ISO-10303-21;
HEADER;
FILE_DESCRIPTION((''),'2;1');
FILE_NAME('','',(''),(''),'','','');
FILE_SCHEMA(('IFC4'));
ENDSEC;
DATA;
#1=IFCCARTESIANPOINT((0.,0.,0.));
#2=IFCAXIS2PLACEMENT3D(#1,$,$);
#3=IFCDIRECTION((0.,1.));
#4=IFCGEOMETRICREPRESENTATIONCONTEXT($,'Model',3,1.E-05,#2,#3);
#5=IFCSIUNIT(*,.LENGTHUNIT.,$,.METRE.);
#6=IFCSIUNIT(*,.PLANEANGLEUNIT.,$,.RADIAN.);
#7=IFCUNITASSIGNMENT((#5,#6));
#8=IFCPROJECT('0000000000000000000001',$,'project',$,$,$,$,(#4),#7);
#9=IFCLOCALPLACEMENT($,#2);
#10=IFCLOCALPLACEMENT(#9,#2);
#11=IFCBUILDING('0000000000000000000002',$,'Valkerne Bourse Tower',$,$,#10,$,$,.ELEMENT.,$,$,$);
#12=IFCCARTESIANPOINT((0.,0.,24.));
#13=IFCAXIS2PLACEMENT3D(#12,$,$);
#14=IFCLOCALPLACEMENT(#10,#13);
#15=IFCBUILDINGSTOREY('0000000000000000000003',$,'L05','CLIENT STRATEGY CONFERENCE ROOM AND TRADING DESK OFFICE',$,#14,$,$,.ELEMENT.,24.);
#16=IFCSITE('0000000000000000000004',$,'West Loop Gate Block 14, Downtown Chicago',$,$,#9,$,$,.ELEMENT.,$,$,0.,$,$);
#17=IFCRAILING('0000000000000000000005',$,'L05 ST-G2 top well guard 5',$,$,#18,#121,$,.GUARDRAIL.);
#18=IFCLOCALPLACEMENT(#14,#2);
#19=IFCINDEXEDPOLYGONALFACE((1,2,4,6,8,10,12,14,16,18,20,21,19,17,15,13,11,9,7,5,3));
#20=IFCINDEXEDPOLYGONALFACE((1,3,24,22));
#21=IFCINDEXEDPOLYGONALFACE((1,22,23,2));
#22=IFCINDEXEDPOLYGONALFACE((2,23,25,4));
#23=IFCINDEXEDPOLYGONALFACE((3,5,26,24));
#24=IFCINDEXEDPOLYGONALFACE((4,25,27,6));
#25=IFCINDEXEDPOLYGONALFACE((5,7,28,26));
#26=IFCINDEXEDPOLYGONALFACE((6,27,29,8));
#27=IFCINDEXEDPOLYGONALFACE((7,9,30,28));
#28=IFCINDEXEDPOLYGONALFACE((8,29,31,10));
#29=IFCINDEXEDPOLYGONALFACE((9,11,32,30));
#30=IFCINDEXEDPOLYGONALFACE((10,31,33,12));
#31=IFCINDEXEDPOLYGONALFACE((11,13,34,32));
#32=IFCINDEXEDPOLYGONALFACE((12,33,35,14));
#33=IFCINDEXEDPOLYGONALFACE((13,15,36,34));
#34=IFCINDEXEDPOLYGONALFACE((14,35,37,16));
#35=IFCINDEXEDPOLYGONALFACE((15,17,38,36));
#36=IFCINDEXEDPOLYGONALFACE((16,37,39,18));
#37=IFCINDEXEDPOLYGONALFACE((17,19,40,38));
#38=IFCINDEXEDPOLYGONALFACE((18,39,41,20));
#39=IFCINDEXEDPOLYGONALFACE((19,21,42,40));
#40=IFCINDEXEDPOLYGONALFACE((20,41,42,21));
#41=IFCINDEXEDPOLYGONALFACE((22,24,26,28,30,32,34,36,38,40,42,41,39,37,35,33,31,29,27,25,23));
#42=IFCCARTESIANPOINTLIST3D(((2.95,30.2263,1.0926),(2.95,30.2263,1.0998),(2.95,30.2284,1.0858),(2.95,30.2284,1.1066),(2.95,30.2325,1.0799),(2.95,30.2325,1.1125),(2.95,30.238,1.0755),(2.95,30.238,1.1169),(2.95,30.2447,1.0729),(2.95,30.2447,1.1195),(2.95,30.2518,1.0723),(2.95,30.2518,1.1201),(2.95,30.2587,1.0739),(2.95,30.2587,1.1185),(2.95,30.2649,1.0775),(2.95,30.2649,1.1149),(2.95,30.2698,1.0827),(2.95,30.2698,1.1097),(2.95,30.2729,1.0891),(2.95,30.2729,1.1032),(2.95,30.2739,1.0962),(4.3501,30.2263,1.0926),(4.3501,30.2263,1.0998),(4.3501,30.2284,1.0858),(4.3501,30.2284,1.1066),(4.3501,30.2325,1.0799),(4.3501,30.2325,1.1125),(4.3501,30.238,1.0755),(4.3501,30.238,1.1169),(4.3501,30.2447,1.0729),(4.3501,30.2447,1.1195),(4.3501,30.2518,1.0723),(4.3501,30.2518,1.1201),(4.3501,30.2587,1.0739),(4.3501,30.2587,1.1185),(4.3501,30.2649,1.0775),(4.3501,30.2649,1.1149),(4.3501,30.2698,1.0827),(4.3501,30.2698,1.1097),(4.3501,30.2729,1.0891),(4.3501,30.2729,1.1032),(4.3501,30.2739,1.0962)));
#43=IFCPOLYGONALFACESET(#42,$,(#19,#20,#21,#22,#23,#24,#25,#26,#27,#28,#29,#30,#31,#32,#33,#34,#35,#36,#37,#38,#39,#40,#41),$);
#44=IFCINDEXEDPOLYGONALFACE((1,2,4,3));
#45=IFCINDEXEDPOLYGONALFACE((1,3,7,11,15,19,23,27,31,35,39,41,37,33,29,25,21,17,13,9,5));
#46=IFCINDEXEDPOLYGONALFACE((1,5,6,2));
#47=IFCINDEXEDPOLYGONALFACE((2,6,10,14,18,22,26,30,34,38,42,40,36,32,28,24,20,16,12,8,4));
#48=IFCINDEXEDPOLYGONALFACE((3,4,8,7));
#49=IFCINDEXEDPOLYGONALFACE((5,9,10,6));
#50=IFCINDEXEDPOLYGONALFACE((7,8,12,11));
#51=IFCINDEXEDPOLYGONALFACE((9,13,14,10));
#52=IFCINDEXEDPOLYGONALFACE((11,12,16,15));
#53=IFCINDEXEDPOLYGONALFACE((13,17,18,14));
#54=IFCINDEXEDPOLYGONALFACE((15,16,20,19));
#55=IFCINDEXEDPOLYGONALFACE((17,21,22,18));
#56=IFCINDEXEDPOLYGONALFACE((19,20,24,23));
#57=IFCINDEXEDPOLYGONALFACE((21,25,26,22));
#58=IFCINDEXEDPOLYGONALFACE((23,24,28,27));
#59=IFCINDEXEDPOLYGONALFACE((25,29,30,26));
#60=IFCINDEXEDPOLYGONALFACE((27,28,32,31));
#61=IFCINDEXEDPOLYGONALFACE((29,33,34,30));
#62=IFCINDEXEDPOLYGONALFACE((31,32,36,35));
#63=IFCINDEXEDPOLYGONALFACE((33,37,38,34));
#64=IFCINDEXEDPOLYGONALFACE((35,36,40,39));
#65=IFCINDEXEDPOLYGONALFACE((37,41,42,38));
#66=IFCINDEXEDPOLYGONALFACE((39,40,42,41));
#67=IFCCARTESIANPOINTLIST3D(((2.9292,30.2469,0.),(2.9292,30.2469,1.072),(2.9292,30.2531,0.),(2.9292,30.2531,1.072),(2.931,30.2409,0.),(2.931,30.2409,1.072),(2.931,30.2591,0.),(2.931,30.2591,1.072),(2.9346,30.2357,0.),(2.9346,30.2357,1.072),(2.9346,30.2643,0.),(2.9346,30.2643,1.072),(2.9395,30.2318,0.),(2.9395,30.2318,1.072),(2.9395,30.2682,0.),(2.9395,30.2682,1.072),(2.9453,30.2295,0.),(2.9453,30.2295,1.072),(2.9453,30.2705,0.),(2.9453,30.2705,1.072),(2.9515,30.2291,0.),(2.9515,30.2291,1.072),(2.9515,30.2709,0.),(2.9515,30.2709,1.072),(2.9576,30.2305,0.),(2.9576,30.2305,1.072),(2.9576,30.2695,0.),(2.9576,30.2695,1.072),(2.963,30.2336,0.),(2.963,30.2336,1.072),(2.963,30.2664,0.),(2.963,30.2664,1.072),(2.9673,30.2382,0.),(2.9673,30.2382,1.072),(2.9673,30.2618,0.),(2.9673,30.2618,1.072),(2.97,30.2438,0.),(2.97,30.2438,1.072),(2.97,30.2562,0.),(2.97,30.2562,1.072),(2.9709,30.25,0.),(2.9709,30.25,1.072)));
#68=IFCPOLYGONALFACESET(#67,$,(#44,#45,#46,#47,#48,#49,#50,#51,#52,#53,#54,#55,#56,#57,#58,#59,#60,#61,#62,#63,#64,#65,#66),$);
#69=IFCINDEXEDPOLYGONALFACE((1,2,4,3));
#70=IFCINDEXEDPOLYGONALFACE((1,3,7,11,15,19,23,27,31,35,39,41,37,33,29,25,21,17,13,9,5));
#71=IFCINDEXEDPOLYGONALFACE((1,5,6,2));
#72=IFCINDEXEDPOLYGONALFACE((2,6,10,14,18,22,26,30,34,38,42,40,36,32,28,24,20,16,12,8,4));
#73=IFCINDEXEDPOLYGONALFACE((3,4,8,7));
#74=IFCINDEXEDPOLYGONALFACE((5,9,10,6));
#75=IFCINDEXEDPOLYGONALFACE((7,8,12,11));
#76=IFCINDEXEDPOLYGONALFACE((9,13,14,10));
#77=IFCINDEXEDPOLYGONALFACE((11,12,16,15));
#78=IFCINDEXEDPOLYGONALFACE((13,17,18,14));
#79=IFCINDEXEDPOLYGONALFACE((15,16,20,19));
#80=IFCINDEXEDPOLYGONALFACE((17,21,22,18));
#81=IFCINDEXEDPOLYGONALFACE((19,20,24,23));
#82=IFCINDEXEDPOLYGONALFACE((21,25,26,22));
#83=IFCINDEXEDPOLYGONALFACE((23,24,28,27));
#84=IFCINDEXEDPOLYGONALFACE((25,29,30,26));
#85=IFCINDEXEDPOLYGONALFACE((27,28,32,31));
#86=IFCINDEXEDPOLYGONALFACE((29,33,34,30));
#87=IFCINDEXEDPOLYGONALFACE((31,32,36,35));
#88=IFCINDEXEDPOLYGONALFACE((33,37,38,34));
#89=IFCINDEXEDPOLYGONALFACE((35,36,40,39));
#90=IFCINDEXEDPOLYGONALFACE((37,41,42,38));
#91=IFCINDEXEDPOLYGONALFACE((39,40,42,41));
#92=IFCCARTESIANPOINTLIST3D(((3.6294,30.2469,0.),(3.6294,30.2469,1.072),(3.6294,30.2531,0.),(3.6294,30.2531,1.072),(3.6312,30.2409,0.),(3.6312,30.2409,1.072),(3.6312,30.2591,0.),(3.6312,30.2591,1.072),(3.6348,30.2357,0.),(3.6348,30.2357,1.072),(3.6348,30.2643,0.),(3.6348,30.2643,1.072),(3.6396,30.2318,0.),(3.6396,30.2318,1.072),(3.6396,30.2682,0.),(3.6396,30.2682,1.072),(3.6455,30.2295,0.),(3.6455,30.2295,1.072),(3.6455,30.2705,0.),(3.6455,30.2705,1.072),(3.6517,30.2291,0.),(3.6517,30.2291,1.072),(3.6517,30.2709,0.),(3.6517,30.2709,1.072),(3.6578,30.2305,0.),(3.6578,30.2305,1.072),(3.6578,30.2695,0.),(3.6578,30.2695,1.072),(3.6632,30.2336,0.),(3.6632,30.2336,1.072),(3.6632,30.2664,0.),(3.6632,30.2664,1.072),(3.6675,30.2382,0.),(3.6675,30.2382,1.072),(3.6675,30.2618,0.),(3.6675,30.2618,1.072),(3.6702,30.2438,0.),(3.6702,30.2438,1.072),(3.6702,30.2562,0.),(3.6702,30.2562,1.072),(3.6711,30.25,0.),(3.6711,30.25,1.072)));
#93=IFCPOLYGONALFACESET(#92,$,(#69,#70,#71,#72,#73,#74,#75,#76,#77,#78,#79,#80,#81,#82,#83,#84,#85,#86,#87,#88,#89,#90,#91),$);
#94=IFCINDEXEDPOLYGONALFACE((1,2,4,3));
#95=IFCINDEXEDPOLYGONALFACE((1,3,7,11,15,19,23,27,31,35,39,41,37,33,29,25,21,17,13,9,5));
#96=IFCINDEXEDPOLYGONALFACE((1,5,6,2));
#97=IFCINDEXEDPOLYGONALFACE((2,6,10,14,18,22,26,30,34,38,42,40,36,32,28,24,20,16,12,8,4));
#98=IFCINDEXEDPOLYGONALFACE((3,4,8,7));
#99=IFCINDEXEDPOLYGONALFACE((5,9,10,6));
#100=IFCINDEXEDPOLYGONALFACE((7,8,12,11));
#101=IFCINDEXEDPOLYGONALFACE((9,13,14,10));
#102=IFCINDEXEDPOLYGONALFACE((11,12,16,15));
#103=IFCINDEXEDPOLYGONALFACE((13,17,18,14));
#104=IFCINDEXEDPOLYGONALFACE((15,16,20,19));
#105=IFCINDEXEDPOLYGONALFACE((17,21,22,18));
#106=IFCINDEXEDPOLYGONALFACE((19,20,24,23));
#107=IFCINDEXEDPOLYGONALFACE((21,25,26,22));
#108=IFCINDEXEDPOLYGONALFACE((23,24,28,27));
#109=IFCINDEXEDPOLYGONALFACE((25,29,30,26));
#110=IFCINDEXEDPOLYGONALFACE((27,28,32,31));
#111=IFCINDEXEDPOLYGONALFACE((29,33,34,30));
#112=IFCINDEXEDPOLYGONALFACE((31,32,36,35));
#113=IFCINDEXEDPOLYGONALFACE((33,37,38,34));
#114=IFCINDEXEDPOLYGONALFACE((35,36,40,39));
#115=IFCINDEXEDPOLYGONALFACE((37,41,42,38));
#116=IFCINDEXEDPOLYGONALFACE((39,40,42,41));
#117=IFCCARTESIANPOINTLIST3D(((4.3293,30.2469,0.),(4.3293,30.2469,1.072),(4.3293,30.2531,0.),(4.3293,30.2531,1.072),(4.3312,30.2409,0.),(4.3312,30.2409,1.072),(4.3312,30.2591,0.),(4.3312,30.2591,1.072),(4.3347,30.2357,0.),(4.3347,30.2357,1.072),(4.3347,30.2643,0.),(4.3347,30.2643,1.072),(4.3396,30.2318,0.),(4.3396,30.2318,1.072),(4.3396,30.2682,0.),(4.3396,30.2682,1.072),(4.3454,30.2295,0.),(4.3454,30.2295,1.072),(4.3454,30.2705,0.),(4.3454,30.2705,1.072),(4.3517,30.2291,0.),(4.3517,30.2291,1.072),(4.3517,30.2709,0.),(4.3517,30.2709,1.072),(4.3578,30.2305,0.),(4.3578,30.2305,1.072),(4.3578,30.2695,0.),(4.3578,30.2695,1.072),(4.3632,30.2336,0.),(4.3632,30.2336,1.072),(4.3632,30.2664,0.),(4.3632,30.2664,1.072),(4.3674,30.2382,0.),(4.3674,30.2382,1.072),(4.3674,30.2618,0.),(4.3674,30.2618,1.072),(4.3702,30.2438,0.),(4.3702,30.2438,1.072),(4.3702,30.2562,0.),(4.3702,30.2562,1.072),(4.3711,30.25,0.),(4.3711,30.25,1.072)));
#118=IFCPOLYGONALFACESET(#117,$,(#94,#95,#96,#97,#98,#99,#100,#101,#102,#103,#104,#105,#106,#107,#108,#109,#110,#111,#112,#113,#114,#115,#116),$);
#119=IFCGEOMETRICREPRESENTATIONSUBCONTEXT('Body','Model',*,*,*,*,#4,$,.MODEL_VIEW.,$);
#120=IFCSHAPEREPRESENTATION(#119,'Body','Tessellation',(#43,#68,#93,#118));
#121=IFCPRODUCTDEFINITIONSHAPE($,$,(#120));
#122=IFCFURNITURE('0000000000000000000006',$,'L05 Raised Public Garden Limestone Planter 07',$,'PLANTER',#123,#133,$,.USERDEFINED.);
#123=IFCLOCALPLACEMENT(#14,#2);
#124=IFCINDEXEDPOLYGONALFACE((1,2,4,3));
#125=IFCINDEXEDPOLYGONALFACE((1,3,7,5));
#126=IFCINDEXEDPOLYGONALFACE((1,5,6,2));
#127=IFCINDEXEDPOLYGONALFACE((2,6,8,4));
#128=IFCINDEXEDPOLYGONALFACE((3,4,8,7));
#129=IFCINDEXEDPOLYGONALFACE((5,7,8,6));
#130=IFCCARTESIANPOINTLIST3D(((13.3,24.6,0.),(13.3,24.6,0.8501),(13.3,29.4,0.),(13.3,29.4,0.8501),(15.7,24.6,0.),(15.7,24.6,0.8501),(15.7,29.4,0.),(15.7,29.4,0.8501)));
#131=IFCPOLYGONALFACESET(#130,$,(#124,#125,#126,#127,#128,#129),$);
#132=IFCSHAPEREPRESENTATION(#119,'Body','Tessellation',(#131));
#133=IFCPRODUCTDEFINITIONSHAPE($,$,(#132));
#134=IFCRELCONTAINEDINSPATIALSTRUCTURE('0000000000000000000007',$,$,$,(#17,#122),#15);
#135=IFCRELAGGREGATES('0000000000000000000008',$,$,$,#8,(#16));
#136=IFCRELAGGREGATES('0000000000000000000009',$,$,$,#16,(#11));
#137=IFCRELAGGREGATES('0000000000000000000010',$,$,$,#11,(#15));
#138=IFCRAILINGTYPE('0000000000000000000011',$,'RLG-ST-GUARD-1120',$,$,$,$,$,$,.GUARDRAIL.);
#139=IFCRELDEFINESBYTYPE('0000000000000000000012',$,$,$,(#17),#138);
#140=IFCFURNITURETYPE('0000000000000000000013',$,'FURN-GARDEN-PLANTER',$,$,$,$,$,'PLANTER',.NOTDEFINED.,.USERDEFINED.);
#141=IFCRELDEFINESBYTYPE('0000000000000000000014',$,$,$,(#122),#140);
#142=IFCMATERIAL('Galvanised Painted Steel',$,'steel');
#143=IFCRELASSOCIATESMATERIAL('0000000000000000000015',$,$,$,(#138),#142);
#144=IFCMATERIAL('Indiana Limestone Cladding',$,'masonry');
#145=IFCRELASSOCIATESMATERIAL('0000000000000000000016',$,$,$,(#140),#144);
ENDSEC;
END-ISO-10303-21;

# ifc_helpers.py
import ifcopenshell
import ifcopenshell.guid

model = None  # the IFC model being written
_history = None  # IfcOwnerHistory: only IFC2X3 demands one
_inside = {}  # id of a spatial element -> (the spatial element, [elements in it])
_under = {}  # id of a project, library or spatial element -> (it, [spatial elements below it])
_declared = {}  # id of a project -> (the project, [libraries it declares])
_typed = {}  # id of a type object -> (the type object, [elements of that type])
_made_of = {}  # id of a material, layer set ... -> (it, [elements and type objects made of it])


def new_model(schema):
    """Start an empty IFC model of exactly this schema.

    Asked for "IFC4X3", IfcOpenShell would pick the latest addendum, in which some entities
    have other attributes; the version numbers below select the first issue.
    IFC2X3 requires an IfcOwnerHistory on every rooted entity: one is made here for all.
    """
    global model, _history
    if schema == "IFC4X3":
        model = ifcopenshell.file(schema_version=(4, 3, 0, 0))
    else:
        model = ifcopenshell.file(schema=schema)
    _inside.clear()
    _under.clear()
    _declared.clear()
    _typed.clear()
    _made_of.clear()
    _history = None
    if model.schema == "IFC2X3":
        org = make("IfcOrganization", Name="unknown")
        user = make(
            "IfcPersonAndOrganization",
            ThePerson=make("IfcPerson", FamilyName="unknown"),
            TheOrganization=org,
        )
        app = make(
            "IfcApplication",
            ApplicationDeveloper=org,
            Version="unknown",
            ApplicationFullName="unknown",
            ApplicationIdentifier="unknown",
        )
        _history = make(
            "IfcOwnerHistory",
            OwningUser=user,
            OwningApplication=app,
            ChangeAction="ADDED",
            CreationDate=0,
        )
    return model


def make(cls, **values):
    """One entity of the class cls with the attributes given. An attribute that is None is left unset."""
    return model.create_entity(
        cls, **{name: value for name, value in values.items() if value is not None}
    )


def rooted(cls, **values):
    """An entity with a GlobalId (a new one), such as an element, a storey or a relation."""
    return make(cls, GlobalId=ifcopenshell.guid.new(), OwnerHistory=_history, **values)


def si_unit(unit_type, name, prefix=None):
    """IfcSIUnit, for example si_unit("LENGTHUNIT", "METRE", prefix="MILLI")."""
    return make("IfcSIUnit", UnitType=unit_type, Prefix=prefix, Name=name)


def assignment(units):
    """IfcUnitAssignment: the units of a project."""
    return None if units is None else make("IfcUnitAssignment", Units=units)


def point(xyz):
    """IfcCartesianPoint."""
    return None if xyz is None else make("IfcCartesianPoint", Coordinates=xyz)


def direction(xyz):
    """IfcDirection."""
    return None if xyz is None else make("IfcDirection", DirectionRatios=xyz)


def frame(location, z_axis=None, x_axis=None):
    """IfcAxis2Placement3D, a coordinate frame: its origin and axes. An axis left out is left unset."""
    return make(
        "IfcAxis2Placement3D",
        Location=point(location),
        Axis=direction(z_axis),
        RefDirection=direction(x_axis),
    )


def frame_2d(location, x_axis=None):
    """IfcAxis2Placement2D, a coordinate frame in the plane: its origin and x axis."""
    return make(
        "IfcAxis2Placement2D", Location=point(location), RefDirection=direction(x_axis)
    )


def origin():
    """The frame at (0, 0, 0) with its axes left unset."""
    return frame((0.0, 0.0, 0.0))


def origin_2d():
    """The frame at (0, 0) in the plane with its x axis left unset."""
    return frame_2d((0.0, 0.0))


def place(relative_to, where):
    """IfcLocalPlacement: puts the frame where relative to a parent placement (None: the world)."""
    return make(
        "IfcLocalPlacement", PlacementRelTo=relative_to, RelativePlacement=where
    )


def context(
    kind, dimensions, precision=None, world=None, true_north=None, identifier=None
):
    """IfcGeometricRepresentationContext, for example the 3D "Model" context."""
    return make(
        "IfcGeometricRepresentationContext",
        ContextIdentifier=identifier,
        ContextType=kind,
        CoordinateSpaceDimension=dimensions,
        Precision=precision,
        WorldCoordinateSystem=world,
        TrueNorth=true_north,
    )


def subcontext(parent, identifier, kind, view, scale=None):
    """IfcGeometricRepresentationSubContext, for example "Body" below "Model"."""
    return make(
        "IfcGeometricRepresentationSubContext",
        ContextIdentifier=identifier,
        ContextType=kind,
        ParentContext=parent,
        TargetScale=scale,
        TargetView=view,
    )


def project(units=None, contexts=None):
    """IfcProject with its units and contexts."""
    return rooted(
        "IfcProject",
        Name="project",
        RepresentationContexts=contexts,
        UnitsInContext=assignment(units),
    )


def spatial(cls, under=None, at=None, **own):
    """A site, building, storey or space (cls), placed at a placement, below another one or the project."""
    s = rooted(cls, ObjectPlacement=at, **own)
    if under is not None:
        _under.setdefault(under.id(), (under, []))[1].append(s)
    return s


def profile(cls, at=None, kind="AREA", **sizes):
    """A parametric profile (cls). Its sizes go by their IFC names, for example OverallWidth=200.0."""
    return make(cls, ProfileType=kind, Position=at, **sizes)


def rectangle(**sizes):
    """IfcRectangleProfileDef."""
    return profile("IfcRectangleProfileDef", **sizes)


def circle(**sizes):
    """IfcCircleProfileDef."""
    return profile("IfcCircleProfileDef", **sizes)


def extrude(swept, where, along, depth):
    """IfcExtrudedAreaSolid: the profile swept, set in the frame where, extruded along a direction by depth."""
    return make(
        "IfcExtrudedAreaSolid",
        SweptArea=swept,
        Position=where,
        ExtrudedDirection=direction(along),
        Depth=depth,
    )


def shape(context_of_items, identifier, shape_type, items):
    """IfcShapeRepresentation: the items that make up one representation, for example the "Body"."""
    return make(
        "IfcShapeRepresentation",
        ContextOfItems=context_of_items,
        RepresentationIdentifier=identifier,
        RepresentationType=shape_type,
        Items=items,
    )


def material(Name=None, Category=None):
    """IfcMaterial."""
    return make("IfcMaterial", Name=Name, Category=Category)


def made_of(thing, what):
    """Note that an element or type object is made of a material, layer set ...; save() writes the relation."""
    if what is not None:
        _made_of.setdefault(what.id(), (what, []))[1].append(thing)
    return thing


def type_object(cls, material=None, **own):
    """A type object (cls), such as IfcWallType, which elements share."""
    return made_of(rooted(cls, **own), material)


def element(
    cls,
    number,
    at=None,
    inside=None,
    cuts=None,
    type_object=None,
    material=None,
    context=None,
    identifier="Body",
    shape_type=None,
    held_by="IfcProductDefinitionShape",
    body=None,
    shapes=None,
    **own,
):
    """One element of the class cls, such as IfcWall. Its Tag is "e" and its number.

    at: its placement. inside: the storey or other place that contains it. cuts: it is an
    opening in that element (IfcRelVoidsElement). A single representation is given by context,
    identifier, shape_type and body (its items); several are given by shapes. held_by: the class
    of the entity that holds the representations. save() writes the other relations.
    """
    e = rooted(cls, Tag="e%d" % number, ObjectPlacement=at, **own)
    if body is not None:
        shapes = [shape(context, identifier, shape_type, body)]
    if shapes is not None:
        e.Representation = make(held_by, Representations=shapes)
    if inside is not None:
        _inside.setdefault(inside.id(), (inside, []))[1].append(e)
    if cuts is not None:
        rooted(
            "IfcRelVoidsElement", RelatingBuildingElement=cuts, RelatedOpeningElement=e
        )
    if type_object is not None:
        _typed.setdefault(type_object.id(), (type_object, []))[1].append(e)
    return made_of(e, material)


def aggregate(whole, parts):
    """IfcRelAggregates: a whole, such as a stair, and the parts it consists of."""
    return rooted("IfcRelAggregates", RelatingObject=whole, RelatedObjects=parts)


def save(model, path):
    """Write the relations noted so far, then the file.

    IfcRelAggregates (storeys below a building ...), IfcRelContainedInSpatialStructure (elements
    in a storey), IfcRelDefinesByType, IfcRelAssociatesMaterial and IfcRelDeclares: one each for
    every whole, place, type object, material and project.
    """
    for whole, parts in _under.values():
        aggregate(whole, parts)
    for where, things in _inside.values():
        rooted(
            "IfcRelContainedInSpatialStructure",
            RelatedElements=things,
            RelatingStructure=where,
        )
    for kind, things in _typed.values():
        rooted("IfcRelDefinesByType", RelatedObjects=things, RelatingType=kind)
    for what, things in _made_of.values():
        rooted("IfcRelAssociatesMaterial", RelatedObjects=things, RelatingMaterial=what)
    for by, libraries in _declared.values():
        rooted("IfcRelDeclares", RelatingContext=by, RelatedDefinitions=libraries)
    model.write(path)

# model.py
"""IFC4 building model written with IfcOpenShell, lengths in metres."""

from ifc_helpers import new_model, si_unit, direction, frame, origin, origin_2d, place, context, subcontext, project, spatial, rectangle, circle, extrude, material, type_object, element, save


model = new_model("IFC4")

# Units and contexts
model_context = context("Model", 3, precision=1e-05, world=origin(), true_north=direction((0.0, 1.0)))
body_context = subcontext(model_context, "Body", "Model", "MODEL_VIEW")
ifc_project = project(units=[si_unit("LENGTHUNIT", "METRE"), si_unit("PLANEANGLEUNIT", "RADIAN")], contexts=[model_context])

# Site, building, storey
site_placement = place(None, origin())
site = spatial("IfcSite", under=ifc_project, at=site_placement, Name="West Loop Gate Block 14, Downtown Chicago", CompositionType="ELEMENT", RefElevation=0.0)
building_placement = place(site_placement, origin())
building = spatial("IfcBuilding", under=site, at=building_placement, Name="Valkerne Bourse Tower", CompositionType="ELEMENT")
storey_placement = place(building_placement, frame((0.0, 0.0, 24.0)))
storey = spatial("IfcBuildingStorey", under=building, at=storey_placement, Name="L05", Description="CLIENT STRATEGY CONFERENCE ROOM AND TRADING DESK OFFICE", CompositionType="ELEMENT", Elevation=24.0)

# Railing
ifc_material_1 = material(Name="Galvanised Painted Steel", Category="steel")
railing_type = type_object("IfcRailingType", Name="RLG-ST-GUARD-1120", PredefinedType="GUARDRAIL", material=ifc_material_1)
railing_1_placement = place(storey_placement, frame((2.95, 30.25, 0.0)))
element("IfcRailing", 1, at=railing_1_placement, inside=storey, type_object=railing_type, Name="L05 ST-G2 top well guard 5", PredefinedType="GUARDRAIL", context=body_context, shape_type="SweptSolid", body=[
    extrude(circle(Radius=0.0239, at=origin_2d()), frame((0.0, 0.0, 1.0962), z_axis=(1.0, 0.0, 0.0), x_axis=(0.0, 1.0, 0.0)), (0.0, 0.0, 1.0), 1.4001),
    extrude(circle(Radius=0.021, at=origin_2d()), origin(), (0.0, 0.0, 1.0), 1.072),
    extrude(circle(Radius=0.021, at=origin_2d()), frame((0.7002, 0.0, 0.0)), (0.0, 0.0, 1.0), 1.072),
    extrude(circle(Radius=0.021, at=origin_2d()), frame((1.4001, 0.0, 0.0)), (0.0, 0.0, 1.0), 1.072),
])

# Furniture
ifc_material_2 = material(Name="Indiana Limestone Cladding", Category="masonry")
furniture_type = type_object("IfcFurnitureType", Name="FURN-GARDEN-PLANTER", ElementType="PLANTER", AssemblyPlace="NOTDEFINED", PredefinedType="USERDEFINED", material=ifc_material_2)
furniture_placement = place(storey_placement, frame((14.5, 27.0, 0.0), z_axis=(0.0, 0.0, 1.0), x_axis=(0.0, 1.0, 0.0)))
element("IfcFurniture", 2, at=furniture_placement, inside=storey, type_object=furniture_type, Name="L05 Raised Public Garden Limestone Planter 07", ObjectType="PLANTER", PredefinedType="USERDEFINED", context=body_context, shape_type="SweptSolid", body=[
    extrude(rectangle(XDim=4.8, YDim=2.3999, at=origin_2d()), origin(), (0.0, 0.0, 1.0), 0.8501),
])

save(model, "model.ifc")
